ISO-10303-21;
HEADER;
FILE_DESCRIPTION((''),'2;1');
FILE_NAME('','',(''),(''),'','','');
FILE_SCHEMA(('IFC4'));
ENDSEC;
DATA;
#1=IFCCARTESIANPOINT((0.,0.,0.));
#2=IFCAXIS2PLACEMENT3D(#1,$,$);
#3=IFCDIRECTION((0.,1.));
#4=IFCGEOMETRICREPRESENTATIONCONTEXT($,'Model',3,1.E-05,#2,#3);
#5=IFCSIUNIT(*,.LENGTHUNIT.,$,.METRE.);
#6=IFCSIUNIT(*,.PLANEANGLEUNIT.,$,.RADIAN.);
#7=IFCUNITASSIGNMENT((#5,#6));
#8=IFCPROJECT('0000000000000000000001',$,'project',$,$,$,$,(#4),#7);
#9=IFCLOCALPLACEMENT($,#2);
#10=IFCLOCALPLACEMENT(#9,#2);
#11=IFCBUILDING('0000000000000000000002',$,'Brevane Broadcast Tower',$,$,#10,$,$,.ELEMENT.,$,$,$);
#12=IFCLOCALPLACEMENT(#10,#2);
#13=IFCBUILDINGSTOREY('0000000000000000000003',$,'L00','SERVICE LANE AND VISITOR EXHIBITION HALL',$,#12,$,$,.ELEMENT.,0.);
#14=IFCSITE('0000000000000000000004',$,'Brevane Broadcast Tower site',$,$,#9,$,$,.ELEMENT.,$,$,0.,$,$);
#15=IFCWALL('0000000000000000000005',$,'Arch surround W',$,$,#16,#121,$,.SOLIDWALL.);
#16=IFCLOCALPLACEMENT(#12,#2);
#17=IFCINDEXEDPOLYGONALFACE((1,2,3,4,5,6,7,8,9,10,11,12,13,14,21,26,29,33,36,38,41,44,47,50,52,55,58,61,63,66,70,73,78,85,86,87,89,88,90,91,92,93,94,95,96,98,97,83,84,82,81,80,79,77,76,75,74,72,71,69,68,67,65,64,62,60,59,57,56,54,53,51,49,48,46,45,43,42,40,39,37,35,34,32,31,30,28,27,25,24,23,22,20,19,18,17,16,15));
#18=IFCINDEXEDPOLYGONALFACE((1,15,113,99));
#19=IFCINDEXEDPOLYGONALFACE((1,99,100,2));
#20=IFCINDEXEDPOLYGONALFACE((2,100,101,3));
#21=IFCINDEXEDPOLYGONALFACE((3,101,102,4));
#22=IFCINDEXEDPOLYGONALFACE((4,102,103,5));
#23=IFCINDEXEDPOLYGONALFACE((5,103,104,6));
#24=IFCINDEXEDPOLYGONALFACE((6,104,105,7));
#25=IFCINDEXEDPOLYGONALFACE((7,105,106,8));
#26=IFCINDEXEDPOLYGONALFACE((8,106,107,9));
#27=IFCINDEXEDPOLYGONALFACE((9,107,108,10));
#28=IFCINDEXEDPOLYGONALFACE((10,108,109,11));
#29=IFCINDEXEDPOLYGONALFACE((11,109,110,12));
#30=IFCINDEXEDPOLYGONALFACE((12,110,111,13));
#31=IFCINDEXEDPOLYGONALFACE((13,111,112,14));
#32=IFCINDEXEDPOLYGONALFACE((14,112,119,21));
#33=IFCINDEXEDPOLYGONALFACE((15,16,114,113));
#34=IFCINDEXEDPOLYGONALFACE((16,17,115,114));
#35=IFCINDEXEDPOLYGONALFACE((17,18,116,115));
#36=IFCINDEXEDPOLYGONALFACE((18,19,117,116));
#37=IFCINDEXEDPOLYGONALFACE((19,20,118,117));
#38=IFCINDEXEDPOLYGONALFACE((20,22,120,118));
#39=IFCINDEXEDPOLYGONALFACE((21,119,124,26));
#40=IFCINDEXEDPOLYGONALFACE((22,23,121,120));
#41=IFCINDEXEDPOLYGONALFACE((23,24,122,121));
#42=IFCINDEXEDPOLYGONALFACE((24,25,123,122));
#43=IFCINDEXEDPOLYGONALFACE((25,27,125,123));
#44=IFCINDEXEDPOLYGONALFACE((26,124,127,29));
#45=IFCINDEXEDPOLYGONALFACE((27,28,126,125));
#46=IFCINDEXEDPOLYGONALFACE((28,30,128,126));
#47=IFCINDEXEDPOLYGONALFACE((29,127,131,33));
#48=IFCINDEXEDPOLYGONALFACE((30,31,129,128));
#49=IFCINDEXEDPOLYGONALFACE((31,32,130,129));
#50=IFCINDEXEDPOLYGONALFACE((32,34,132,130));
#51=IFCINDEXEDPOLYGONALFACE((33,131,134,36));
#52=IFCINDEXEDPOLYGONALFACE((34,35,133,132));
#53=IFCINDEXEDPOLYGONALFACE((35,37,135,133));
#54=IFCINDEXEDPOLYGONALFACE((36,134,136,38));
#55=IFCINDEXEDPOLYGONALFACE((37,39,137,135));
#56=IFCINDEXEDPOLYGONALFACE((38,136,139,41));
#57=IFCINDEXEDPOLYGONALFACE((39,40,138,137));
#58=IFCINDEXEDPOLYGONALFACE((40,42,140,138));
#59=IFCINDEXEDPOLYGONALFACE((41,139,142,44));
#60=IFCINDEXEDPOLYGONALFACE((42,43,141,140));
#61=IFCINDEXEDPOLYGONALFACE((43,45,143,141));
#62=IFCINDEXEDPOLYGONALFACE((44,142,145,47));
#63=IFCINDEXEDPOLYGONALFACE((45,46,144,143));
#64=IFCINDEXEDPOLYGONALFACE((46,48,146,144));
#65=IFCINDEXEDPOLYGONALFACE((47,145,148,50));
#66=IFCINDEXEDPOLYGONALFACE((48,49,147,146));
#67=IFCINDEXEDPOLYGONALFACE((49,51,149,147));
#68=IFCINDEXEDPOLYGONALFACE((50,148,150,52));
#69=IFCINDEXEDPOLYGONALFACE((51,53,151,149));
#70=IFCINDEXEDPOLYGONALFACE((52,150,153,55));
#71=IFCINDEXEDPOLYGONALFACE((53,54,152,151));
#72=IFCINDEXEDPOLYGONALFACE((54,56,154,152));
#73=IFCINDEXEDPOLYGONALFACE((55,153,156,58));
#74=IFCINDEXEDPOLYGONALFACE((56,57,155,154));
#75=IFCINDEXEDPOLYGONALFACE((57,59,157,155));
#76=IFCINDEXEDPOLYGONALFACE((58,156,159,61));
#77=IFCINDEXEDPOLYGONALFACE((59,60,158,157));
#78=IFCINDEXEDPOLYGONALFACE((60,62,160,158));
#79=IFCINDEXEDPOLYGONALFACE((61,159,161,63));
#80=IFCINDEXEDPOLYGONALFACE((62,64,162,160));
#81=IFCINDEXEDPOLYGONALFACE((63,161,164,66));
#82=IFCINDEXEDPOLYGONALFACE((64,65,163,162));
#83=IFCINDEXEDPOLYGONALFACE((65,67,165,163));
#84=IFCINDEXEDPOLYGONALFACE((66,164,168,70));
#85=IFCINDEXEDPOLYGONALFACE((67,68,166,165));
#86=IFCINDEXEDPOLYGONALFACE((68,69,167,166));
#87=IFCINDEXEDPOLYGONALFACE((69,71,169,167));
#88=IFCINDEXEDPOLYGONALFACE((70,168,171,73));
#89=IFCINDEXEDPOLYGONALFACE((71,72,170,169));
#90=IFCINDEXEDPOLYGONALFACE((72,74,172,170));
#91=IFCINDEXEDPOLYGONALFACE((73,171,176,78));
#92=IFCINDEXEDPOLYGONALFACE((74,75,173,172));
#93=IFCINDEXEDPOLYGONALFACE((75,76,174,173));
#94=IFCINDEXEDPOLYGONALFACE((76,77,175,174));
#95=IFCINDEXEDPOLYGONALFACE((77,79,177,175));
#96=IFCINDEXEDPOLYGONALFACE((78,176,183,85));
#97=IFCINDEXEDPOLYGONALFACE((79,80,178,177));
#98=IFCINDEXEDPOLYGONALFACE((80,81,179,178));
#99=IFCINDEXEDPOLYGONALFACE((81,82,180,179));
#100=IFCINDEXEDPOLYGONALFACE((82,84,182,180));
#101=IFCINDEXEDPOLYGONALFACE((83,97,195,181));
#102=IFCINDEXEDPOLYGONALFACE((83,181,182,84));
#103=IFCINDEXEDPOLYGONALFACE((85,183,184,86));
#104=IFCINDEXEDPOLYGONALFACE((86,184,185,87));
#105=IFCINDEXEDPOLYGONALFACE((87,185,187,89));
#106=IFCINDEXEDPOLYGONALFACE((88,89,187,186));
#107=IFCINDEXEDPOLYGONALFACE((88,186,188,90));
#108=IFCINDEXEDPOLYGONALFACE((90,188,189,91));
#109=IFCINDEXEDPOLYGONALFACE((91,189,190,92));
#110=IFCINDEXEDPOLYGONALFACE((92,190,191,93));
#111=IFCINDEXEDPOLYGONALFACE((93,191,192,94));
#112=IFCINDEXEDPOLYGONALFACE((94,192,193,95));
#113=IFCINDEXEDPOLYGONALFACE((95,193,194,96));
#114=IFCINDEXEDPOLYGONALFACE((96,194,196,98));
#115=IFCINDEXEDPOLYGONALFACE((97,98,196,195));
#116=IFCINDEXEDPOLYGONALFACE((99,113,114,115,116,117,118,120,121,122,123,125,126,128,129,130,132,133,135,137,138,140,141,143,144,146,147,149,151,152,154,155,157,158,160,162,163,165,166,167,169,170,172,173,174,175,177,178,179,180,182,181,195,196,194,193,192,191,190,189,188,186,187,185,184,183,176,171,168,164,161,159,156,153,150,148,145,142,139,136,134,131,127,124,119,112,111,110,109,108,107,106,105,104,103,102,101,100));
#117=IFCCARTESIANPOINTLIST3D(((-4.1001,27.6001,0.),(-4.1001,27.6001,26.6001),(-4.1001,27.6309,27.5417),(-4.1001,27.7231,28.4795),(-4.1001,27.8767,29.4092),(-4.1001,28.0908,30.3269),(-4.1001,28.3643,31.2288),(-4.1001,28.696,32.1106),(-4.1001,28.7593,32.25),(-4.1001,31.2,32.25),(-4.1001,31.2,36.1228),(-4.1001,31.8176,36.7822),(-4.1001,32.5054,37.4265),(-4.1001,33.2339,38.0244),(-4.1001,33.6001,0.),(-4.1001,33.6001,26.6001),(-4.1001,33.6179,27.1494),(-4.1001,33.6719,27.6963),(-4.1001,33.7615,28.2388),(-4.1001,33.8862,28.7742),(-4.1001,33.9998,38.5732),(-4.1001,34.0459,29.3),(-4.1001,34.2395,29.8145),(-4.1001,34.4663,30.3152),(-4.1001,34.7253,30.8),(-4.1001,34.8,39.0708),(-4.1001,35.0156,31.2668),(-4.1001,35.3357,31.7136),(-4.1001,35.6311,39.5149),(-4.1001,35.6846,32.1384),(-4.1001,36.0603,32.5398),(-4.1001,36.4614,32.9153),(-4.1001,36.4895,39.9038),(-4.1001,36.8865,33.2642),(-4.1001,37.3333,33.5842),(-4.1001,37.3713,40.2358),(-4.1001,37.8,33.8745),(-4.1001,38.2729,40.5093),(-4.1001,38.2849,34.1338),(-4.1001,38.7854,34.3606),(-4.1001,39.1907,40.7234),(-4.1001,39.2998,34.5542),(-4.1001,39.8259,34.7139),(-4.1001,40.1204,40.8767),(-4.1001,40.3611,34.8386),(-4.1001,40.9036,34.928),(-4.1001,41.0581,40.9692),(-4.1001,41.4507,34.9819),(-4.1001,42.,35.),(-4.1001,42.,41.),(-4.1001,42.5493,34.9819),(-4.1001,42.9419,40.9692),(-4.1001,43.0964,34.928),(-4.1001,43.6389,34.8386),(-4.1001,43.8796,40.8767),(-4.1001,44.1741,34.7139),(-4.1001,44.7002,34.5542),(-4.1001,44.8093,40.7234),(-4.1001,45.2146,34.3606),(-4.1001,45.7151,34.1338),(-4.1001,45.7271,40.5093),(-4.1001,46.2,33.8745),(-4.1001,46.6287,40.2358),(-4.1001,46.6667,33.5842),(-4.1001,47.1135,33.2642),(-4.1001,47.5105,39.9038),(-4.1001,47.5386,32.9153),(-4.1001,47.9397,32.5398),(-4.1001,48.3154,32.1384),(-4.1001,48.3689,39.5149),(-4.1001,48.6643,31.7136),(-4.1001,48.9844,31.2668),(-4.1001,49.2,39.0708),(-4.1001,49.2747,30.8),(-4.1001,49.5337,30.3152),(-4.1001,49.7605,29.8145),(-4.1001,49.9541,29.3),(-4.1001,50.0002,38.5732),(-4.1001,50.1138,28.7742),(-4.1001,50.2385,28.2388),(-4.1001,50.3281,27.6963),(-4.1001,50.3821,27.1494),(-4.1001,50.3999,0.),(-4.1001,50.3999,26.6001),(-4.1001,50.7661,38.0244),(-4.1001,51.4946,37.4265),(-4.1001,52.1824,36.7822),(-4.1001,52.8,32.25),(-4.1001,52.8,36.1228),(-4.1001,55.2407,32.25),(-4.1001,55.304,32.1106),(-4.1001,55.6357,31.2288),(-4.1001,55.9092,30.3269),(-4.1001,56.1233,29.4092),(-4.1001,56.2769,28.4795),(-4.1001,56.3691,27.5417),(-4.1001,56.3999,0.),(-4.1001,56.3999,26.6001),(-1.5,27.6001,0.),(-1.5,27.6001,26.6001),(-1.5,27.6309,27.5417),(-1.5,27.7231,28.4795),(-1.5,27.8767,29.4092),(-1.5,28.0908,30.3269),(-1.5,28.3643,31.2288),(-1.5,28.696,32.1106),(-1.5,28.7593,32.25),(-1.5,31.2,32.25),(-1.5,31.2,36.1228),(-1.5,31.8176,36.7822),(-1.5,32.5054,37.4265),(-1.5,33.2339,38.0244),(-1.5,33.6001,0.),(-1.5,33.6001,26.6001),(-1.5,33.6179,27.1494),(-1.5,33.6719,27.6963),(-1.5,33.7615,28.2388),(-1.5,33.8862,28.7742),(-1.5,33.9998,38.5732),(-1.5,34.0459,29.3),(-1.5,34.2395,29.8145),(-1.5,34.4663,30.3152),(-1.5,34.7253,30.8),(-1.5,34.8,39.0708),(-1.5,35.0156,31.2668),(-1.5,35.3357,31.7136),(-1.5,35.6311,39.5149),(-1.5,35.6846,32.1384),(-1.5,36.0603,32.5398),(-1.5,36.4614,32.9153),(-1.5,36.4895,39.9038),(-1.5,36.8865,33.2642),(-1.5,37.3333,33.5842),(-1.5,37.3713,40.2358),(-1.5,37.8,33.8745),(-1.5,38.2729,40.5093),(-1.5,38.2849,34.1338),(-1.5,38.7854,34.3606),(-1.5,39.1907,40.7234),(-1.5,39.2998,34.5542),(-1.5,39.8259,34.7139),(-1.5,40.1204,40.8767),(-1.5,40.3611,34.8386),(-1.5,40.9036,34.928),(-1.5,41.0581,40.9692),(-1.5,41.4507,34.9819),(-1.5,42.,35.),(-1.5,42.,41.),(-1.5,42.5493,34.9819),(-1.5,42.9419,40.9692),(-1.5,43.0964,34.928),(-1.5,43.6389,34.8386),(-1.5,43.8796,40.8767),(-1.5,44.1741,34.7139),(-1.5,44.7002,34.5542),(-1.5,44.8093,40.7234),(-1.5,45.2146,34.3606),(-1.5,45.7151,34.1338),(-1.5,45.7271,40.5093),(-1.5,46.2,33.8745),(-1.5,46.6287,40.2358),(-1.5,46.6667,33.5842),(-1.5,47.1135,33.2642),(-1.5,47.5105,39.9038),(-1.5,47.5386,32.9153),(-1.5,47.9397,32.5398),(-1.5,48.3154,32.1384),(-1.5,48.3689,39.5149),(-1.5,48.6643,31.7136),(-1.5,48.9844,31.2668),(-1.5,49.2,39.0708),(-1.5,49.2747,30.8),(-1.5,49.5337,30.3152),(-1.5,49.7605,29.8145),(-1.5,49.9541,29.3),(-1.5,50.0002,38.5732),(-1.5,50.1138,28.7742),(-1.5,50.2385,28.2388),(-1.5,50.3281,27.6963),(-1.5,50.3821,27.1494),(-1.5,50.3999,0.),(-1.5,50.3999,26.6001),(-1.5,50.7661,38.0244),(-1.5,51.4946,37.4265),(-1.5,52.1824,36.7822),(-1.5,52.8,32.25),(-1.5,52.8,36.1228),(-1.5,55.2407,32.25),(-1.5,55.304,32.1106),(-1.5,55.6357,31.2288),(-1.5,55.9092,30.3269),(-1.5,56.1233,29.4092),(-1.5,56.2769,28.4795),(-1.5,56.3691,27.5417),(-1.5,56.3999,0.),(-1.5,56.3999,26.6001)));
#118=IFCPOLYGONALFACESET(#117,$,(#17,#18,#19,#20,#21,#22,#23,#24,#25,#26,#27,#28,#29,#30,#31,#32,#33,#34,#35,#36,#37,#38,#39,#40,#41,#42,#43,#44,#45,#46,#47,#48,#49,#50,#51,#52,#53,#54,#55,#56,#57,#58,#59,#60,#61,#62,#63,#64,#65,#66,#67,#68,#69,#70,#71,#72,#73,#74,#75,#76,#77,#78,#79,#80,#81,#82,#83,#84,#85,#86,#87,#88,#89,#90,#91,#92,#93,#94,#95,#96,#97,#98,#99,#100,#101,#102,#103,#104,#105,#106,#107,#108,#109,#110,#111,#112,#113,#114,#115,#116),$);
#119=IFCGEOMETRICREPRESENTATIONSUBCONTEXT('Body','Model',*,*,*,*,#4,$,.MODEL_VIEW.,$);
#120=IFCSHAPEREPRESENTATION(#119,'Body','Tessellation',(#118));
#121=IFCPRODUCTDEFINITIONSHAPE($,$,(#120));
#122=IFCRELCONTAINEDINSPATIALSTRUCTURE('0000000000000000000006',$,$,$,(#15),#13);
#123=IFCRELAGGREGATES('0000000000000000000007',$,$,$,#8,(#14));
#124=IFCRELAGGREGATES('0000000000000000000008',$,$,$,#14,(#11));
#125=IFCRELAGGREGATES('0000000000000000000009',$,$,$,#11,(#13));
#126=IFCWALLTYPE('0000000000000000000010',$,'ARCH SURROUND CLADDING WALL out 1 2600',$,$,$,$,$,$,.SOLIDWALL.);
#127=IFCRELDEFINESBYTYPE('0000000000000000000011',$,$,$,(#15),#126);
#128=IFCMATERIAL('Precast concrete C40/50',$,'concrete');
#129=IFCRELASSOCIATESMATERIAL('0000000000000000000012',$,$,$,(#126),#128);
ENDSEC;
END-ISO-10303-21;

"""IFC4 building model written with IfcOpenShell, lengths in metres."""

from ifc_helpers import new_model, si_unit, direction, frame, origin, place, context, subcontext, project, spatial, polyline, outline, extrude, material, material_profile, profile_set, type_object, element, save


model = new_model("IFC4")

# Units and contexts
model_context = context("Model", 3, precision=1e-05, world=origin(), true_north=direction((0.0, 1.0)))
body_context = subcontext(model_context, "Body", "Model", "MODEL_VIEW")
ifc_project = project(units=[si_unit("LENGTHUNIT", "METRE"), si_unit("PLANEANGLEUNIT", "RADIAN")], contexts=[model_context])

# Site, building, storey
site_placement = place(None, origin())
site = spatial("IfcSite", under=ifc_project, at=site_placement, Name="Brevane Broadcast Tower site", CompositionType="ELEMENT", RefElevation=0.0)
building_placement = place(site_placement, origin())
building = spatial("IfcBuilding", under=site, at=building_placement, Name="Brevane Broadcast Tower", CompositionType="ELEMENT")
storey_placement = place(building_placement, origin())
storey = spatial("IfcBuildingStorey", under=building, at=storey_placement, Name="L00", Description="SERVICE LANE AND VISITOR EXHIBITION HALL", CompositionType="ELEMENT", Elevation=0.0)

# Wall
ifc_material_1 = material(Name="Precast concrete C40/50", Category="concrete")
ifc_material_profile_1 = material_profile(ifc_material_1, outline(polyline([(13.304, 32.1106), (13.6357, 31.2288), (13.9092, 30.3269), (14.1233, 29.4092), (14.2769, 28.4795), (14.3691, 27.5417), (14.3999, 26.6001), (14.3999, 0.0), (8.3999, 0.0), (8.3999, 26.6001), (8.3821, 27.1494), (8.3281, 27.6963), (8.2385, 28.2388), (8.1138, 28.7742), (7.9541, 29.3), (7.7605, 29.8145), (7.5337, 30.3152), (7.2747, 30.8), (6.9844, 31.2668), (6.6643, 31.7136), (6.3154, 32.1384), (5.9397, 32.5398), (5.5386, 32.9153), (5.1135, 33.2642), (4.6667, 33.5842), (4.2, 33.8745), (3.7151, 34.1338), (3.2146, 34.3606), (2.7002, 34.5542), (2.1741, 34.7139), (1.6389, 34.8386), (1.0964, 34.928), (0.5493, 34.9819), (0.0, 35.0), (-0.5493, 34.9819), (-1.0964, 34.928), (-1.6389, 34.8386), (-2.1741, 34.7139), (-2.7002, 34.5542), (-3.2146, 34.3606), (-3.7151, 34.1338), (-4.2, 33.8745), (-4.6667, 33.5842), (-5.1135, 33.2642), (-5.5386, 32.9153), (-5.9397, 32.5398), (-6.3154, 32.1384), (-6.6643, 31.7136), (-6.9844, 31.2668), (-7.2747, 30.8), (-7.5337, 30.3152), (-7.7605, 29.8145), (-7.9541, 29.3), (-8.1138, 28.7742), (-8.2385, 28.2388), (-8.3281, 27.6963), (-8.3821, 27.1494), (-8.3999, 26.6001), (-8.3999, 0.0), (-14.3999, 0.0), (-14.3999, 26.6001), (-14.3691, 27.5417), (-14.2769, 28.4795), (-14.1233, 29.4092), (-13.9092, 30.3269), (-13.6357, 31.2288), (-13.304, 32.1106), (-13.2407, 32.25), (-10.8, 32.25), (-10.8, 36.1228), (-10.1824, 36.7822), (-9.4946, 37.4265), (-8.7661, 38.0244), (-8.0002, 38.5732), (-7.2, 39.0708), (-6.3689, 39.5149), (-5.5105, 39.9038), (-4.6287, 40.2358), (-3.7271, 40.5093), (-2.8093, 40.7234), (-1.8796, 40.8767), (-0.9419, 40.9692), (0.0, 41.0), (0.9419, 40.9692), (1.8796, 40.8767), (2.8093, 40.7234), (3.7271, 40.5093), (4.6287, 40.2358), (5.5105, 39.9038), (6.3689, 39.5149), (7.2, 39.0708), (8.0002, 38.5732), (8.7661, 38.0244), (9.4946, 37.4265), (10.1824, 36.7822), (10.8, 36.1228), (10.8, 32.25), (13.2407, 32.25), (13.304, 32.1106)])), Name="ARCH SURROUND")
ifc_profile_set_1 = profile_set([ifc_material_profile_1], Name="Precast concrete C40/50")
wall_type_1 = type_object("IfcWallType", Name="ARCH SURROUND CLADDING WALL out 1 2600", PredefinedType="SOLIDWALL", material=ifc_profile_set_1)
wall_1_placement = place(storey_placement, frame((-4.1001, 42.0, 0.0), z_axis=(1.0, 0.0, 0.0), x_axis=(0.0, 1.0, 0.0)))
element("IfcWall", 1, at=wall_1_placement, inside=storey, type_object=wall_type_1, Name="Arch surround W", PredefinedType="SOLIDWALL", context=body_context, shape_type="SweptSolid", body=[
    extrude(outline(polyline([(13.304, 32.1106), (13.6357, 31.2288), (13.9092, 30.3269), (14.1233, 29.4092), (14.2769, 28.4795), (14.3691, 27.5417), (14.3999, 26.6001), (14.3999, 0.0), (8.3999, 0.0), (8.3999, 26.6001), (8.3821, 27.1494), (8.3281, 27.6963), (8.2385, 28.2388), (8.1138, 28.7742), (7.9541, 29.3), (7.7605, 29.8145), (7.5337, 30.3152), (7.2747, 30.8), (6.9844, 31.2668), (6.6643, 31.7136), (6.3154, 32.1384), (5.9397, 32.5398), (5.5386, 32.9153), (5.1135, 33.2642), (4.6667, 33.5842), (4.2, 33.8745), (3.7151, 34.1338), (3.2146, 34.3606), (2.7002, 34.5542), (2.1741, 34.7139), (1.6389, 34.8386), (1.0964, 34.928), (0.5493, 34.9819), (0.0, 35.0), (-0.5493, 34.9819), (-1.0964, 34.928), (-1.6389, 34.8386), (-2.1741, 34.7139), (-2.7002, 34.5542), (-3.2146, 34.3606), (-3.7151, 34.1338), (-4.2, 33.8745), (-4.6667, 33.5842), (-5.1135, 33.2642), (-5.5386, 32.9153), (-5.9397, 32.5398), (-6.3154, 32.1384), (-6.6643, 31.7136), (-6.9844, 31.2668), (-7.2747, 30.8), (-7.5337, 30.3152), (-7.7605, 29.8145), (-7.9541, 29.3), (-8.1138, 28.7742), (-8.2385, 28.2388), (-8.3281, 27.6963), (-8.3821, 27.1494), (-8.3999, 26.6001), (-8.3999, 0.0), (-14.3999, 0.0), (-14.3999, 26.6001), (-14.3691, 27.5417), (-14.2769, 28.4795), (-14.1233, 29.4092), (-13.9092, 30.3269), (-13.6357, 31.2288), (-13.304, 32.1106), (-13.2407, 32.25), (-10.8, 32.25), (-10.8, 36.1228), (-10.1824, 36.7822), (-9.4946, 37.4265), (-8.7661, 38.0244), (-8.0002, 38.5732), (-7.2, 39.0708), (-6.3689, 39.5149), (-5.5105, 39.9038), (-4.6287, 40.2358), (-3.7271, 40.5093), (-2.8093, 40.7234), (-1.8796, 40.8767), (-0.9419, 40.9692), (0.0, 41.0), (0.9419, 40.9692), (1.8796, 40.8767), (2.8093, 40.7234), (3.7271, 40.5093), (4.6287, 40.2358), (5.5105, 39.9038), (6.3689, 39.5149), (7.2, 39.0708), (8.0002, 38.5732), (8.7661, 38.0244), (9.4946, 37.4265), (10.1824, 36.7822), (10.8, 36.1228), (10.8, 32.25), (13.2407, 32.25), (13.304, 32.1106)])), origin(), (0.0, 0.0, 1.0), 2.6001),
])

save(model, "model.ifc")
